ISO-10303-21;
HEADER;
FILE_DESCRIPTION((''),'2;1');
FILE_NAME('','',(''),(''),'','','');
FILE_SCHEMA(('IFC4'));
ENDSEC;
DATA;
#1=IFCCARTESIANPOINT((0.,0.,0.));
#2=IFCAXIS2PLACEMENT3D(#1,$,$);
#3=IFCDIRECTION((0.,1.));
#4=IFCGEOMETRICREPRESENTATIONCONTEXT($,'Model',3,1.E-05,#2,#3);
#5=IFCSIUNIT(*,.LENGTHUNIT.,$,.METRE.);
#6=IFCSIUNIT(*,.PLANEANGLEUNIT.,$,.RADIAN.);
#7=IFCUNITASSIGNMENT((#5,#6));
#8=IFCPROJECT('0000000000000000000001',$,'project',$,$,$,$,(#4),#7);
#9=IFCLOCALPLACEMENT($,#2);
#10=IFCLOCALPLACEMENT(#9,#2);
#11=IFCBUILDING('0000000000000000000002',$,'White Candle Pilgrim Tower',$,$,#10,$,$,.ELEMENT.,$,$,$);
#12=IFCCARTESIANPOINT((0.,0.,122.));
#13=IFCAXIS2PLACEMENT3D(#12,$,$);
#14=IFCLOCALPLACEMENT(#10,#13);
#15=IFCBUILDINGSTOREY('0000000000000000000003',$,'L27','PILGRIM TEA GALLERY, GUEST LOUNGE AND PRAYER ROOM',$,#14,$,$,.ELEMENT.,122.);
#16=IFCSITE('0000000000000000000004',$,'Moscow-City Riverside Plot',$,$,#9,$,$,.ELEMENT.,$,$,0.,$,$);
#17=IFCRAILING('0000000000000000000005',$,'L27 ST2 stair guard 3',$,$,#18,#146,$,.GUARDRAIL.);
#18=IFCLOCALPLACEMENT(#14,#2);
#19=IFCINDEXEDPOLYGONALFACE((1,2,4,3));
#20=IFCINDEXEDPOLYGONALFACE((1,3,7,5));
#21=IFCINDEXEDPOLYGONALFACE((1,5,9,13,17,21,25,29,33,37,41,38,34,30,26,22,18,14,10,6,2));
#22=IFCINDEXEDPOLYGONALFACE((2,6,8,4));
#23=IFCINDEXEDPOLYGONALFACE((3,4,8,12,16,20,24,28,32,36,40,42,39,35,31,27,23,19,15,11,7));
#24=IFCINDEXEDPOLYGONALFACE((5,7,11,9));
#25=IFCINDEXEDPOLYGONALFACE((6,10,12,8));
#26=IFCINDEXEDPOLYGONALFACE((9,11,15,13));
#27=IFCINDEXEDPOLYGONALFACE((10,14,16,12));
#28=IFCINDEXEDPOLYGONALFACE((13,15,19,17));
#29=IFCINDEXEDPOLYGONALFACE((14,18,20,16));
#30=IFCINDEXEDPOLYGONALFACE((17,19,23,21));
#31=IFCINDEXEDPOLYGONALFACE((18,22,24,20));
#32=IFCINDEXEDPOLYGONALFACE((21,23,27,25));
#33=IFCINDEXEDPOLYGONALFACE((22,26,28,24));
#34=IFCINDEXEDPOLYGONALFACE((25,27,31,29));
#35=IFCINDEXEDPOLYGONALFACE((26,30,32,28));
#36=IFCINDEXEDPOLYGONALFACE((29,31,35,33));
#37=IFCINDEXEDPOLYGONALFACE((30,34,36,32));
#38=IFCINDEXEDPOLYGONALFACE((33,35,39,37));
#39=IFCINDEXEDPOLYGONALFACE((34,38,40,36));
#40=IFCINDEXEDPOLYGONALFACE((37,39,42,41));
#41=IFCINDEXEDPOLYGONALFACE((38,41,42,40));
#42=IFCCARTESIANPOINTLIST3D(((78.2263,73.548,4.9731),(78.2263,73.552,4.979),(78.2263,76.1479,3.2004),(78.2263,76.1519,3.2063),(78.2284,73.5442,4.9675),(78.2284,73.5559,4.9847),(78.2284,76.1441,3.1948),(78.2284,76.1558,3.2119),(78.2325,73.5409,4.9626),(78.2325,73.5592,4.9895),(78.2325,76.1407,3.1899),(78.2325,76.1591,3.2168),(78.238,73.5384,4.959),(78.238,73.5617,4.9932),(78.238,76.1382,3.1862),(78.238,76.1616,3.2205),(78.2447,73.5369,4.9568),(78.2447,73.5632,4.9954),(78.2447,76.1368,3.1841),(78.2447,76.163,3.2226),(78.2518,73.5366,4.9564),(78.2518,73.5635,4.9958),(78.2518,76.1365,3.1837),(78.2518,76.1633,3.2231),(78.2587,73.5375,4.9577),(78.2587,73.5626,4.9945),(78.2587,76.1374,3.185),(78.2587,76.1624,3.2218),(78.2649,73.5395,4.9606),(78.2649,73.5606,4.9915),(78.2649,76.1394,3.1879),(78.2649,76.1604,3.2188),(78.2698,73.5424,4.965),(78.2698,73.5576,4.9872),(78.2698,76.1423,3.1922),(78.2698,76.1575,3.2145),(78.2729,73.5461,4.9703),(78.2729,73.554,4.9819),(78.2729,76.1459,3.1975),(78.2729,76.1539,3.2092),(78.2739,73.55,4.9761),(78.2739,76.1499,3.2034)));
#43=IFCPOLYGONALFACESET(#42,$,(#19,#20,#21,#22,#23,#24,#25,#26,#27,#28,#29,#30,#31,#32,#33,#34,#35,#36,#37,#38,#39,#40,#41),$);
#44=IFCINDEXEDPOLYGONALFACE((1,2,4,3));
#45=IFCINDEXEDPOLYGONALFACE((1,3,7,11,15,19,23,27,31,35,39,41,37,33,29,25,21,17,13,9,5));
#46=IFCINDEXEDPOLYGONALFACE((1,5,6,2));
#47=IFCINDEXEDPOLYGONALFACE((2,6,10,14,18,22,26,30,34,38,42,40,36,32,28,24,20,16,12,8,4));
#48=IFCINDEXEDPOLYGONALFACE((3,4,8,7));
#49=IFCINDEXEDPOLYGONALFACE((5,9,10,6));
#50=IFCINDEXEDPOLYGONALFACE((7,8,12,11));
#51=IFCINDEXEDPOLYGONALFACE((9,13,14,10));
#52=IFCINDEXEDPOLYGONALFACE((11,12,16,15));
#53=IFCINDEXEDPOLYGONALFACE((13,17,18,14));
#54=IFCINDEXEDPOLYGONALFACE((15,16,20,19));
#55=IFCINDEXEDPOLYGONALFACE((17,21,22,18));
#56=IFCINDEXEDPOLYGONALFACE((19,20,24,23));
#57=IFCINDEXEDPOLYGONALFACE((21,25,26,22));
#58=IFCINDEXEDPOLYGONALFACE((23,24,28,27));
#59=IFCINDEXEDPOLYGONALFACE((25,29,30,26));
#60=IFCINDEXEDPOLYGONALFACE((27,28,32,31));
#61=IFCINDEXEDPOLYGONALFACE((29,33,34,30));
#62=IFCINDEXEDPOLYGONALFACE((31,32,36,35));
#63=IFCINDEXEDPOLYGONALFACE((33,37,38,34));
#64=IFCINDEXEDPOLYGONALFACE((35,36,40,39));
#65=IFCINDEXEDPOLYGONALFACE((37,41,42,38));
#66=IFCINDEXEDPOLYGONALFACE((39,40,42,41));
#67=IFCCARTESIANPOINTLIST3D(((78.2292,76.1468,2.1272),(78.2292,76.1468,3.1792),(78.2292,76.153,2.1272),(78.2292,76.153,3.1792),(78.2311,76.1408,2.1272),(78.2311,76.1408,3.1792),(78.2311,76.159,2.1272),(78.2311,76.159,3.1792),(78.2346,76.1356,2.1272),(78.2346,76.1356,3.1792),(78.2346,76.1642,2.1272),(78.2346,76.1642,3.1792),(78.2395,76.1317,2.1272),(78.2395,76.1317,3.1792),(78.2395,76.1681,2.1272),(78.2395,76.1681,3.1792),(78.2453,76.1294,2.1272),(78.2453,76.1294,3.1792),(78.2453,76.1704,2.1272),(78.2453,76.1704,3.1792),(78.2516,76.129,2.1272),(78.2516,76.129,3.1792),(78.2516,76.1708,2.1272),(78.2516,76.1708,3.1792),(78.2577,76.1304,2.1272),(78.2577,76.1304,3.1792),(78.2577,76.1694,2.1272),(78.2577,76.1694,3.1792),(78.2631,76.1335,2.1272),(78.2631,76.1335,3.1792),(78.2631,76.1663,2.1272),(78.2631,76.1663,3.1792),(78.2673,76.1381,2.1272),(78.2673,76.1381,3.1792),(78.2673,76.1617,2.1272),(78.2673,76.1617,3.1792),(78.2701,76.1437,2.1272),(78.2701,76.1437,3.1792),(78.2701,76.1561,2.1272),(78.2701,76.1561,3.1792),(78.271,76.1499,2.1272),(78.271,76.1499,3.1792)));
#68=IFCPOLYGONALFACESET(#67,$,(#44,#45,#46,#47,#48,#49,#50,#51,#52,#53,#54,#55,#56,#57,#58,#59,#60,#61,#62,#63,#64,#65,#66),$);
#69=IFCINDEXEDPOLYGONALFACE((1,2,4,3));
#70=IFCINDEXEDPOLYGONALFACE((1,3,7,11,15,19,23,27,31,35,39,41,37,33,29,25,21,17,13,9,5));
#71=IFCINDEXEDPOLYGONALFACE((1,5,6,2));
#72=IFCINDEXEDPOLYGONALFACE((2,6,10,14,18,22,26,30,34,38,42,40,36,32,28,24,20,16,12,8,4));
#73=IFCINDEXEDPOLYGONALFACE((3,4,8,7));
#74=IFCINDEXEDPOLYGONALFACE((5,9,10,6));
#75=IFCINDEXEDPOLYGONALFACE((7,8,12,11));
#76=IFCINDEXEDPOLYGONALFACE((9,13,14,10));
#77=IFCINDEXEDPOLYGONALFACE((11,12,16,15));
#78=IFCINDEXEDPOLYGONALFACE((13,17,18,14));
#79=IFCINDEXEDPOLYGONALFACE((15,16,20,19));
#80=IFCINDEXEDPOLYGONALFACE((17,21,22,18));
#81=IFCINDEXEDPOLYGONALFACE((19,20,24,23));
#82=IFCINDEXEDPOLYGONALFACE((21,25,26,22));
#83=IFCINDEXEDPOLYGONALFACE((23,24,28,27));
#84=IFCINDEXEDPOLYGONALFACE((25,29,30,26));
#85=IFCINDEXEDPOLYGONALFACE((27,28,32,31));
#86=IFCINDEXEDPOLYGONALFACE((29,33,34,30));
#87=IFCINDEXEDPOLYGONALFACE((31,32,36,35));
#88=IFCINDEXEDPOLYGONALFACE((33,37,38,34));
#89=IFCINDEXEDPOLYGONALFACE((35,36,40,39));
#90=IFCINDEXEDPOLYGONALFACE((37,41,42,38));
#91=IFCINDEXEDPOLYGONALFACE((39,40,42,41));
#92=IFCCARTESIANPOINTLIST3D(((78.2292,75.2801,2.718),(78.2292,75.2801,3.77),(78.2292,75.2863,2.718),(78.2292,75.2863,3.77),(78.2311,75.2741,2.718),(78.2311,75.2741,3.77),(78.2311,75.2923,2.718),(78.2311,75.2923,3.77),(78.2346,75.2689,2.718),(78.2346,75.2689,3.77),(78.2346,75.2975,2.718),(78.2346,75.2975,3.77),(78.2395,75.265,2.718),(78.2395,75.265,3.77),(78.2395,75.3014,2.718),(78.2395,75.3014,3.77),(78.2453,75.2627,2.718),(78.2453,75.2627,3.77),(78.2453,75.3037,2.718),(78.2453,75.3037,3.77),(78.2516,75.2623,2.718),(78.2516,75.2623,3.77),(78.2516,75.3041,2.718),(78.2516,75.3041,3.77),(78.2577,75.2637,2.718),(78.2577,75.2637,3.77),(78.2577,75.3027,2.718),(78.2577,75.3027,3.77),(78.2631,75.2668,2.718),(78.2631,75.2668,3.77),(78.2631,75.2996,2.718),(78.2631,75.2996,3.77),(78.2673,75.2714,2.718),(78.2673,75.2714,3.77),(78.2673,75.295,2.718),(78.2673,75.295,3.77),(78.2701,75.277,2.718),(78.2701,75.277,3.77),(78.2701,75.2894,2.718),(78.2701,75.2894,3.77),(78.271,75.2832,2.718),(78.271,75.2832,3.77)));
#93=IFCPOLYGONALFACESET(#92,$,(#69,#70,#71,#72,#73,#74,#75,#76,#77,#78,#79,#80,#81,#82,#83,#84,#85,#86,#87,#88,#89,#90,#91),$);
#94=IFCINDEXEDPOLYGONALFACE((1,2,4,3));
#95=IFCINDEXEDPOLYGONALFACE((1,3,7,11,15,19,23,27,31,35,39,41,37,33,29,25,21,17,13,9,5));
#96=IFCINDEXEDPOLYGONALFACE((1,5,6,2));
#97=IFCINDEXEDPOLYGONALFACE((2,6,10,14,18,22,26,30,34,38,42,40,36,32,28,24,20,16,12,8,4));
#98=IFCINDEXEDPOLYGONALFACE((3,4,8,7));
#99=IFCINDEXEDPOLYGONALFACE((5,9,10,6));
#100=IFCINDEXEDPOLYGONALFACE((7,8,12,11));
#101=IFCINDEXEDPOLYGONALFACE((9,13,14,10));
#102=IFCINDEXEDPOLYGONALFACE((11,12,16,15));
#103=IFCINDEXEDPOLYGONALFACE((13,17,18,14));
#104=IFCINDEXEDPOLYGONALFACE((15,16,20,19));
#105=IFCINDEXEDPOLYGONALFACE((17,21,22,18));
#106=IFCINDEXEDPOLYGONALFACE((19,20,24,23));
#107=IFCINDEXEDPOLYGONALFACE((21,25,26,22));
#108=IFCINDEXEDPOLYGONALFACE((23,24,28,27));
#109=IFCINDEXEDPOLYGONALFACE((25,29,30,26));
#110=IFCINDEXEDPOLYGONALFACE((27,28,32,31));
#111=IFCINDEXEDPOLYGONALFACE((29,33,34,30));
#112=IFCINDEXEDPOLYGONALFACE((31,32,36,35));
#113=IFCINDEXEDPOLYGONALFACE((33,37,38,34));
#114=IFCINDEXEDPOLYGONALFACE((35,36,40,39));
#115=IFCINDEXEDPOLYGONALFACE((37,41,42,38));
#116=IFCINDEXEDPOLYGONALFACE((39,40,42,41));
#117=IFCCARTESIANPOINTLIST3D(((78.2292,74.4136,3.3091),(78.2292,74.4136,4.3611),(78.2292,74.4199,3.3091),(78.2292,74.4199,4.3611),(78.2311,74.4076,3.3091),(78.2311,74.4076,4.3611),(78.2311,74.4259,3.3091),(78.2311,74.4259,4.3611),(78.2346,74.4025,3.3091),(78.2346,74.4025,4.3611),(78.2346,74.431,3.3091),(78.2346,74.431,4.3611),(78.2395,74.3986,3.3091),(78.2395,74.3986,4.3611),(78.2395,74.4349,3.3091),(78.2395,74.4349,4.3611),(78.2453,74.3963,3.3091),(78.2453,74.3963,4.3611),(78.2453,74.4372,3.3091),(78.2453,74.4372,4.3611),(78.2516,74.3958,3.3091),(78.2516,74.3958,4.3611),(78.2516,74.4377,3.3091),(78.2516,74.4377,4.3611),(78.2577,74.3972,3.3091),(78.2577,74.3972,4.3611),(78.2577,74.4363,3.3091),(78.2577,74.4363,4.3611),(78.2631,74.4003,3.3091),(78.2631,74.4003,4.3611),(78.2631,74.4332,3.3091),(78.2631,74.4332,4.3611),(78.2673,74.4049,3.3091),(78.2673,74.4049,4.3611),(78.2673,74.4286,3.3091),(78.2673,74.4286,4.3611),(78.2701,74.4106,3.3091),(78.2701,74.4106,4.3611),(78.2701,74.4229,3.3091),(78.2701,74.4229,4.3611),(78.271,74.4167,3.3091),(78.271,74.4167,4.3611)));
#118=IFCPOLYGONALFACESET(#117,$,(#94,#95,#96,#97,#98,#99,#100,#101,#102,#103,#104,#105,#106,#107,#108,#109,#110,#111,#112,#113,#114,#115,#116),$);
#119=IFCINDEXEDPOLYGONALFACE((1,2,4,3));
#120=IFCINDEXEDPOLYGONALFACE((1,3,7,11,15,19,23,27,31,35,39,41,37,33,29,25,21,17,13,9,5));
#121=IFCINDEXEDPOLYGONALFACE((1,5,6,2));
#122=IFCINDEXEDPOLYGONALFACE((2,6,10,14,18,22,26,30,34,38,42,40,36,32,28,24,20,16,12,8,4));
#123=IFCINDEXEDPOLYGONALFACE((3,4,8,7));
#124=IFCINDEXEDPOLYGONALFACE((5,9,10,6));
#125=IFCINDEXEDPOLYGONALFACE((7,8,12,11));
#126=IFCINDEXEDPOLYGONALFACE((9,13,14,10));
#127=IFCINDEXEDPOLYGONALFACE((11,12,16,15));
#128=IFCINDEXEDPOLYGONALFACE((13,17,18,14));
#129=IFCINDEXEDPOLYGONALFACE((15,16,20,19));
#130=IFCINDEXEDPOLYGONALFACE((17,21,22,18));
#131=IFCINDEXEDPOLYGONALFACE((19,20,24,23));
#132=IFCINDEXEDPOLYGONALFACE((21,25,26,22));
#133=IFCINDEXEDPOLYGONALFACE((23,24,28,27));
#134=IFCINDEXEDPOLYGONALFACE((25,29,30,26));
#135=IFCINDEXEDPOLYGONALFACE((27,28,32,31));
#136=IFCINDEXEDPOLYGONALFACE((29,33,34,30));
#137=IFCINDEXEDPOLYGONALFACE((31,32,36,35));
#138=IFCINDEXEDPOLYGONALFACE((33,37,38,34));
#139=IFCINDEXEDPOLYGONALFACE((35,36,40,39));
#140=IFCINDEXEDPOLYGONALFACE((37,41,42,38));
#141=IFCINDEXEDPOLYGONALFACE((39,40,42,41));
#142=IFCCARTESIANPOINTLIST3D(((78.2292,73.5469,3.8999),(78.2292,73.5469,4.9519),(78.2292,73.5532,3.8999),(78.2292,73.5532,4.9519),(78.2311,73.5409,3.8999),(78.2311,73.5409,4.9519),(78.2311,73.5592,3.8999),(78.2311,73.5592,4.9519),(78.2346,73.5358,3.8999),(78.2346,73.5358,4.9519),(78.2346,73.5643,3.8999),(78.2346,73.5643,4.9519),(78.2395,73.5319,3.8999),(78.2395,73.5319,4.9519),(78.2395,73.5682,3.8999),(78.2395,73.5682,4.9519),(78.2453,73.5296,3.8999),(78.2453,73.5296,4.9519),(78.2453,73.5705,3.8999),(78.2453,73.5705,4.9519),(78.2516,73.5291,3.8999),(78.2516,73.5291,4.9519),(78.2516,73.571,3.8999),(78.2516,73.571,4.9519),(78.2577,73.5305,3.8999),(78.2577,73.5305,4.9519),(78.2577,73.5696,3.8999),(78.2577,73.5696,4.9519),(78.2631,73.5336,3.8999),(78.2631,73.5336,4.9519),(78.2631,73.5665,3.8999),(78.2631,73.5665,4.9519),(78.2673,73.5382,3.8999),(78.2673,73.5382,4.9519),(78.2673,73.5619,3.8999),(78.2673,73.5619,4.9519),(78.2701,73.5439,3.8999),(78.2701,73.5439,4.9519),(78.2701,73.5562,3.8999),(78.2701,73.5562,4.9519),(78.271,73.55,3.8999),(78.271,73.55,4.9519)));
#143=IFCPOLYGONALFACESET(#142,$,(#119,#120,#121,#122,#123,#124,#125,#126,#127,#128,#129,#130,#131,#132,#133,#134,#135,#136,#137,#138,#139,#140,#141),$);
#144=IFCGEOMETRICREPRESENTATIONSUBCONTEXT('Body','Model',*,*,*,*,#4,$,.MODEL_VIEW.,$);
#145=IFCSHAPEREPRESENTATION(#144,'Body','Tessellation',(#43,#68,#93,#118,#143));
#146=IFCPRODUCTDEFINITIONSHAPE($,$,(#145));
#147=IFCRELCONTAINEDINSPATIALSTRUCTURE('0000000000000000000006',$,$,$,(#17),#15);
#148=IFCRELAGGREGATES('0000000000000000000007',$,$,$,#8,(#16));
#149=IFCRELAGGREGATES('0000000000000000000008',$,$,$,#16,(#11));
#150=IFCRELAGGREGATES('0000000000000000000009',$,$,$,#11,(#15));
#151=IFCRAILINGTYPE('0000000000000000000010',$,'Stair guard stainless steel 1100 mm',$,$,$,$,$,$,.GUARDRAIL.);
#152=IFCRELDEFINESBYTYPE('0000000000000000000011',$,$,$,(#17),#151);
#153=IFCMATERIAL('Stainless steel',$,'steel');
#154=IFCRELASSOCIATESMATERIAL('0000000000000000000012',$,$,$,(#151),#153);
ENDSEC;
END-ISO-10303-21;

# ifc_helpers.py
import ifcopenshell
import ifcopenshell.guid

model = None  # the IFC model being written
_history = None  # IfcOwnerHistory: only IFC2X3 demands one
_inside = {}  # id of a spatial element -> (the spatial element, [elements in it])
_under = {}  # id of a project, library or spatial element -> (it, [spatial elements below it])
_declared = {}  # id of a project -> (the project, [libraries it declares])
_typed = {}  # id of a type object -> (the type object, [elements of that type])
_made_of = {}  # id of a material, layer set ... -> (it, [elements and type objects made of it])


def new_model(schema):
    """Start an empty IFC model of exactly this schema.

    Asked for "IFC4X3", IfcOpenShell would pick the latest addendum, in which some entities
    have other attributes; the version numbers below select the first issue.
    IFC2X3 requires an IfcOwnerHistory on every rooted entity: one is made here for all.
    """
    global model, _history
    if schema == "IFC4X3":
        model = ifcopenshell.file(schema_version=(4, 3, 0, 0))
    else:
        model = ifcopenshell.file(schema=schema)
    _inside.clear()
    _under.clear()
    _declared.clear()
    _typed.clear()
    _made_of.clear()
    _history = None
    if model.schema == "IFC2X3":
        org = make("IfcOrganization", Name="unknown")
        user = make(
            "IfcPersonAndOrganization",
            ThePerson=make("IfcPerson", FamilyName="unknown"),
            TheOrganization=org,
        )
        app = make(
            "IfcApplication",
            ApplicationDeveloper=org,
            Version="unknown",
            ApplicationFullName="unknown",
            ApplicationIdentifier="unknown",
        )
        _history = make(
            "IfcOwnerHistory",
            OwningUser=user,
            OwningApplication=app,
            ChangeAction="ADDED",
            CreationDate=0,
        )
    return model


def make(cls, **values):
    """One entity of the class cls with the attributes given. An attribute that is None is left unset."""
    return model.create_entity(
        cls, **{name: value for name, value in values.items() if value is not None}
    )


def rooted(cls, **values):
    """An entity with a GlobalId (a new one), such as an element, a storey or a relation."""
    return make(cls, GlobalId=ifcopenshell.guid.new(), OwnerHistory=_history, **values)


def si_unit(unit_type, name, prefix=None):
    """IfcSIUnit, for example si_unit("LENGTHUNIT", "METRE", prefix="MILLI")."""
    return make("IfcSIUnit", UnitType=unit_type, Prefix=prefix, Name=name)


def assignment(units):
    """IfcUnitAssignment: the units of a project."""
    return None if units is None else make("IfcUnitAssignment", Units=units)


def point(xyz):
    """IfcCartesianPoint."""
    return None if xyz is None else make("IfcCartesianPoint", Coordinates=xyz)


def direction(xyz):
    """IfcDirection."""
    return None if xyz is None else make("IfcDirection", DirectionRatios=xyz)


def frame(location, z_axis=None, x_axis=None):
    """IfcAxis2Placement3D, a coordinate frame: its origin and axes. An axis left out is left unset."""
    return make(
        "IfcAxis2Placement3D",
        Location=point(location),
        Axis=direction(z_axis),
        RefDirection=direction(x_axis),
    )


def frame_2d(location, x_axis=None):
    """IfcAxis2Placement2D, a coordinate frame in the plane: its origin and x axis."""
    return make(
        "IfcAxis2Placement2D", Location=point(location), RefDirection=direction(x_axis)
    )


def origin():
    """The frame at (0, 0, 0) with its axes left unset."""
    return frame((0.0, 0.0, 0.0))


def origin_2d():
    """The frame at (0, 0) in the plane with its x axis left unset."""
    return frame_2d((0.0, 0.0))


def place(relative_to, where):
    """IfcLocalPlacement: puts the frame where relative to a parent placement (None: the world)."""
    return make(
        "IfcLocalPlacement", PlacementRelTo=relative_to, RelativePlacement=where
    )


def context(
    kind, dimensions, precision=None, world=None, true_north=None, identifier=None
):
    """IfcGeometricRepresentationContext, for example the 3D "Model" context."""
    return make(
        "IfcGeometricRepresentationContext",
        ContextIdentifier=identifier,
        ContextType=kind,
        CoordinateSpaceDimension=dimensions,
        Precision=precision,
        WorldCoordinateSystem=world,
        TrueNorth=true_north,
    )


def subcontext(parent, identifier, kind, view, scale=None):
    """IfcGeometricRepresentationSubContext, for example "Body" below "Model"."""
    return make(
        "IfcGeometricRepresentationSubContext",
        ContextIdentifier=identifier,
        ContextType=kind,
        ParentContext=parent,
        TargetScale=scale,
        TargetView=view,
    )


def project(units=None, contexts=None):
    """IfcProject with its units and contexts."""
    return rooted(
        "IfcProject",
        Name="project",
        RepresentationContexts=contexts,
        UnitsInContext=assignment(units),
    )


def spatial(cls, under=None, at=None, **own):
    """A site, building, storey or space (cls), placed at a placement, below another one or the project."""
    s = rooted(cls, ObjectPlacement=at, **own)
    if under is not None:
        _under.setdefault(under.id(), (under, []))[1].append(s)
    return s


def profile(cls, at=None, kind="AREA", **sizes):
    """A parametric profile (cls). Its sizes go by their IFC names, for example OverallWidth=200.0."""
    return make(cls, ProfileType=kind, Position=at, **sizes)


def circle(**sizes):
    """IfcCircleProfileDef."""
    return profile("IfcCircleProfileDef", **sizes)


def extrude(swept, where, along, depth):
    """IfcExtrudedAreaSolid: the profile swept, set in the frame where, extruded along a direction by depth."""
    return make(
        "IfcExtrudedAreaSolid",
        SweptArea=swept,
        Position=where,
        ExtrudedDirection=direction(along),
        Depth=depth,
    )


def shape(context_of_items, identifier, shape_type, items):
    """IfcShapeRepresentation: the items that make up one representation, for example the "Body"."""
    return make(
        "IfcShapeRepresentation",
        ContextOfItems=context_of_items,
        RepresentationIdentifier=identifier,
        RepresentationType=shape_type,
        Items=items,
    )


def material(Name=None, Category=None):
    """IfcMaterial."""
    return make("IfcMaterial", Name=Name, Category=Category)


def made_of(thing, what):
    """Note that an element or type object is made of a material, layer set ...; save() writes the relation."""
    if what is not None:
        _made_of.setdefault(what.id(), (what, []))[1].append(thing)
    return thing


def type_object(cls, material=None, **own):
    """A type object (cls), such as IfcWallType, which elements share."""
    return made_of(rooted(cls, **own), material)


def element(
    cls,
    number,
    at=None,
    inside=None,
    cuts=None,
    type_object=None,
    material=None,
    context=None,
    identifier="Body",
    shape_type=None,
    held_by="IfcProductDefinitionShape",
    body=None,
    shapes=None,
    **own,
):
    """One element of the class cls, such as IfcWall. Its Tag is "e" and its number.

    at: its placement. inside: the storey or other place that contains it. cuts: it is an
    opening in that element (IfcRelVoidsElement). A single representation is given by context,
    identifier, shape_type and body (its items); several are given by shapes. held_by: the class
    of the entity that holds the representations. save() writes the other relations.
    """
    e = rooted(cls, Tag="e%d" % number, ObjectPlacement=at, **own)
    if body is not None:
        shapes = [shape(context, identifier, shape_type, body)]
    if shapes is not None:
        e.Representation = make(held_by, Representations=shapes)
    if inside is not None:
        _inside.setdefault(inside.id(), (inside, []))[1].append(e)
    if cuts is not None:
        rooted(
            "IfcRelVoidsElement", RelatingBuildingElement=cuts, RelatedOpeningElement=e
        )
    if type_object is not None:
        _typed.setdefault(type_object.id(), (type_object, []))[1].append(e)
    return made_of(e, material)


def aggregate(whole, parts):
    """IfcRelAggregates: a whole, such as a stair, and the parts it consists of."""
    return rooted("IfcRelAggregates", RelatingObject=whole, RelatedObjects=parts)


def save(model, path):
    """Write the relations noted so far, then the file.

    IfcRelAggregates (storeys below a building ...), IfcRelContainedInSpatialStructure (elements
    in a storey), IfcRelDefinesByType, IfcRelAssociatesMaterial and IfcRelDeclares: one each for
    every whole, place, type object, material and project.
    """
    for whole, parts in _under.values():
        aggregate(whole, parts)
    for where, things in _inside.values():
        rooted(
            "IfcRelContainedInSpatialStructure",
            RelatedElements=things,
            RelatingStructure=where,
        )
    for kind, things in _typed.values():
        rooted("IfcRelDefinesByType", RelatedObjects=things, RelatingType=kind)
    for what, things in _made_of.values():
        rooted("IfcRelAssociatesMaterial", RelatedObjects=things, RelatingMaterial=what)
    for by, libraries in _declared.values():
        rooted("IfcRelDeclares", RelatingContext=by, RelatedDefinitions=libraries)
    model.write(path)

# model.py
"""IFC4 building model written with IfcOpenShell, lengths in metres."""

from ifc_helpers import new_model, si_unit, direction, frame, origin, origin_2d, place, context, subcontext, project, spatial, circle, extrude, material, type_object, element, save


model = new_model("IFC4")

# Units and contexts
model_context = context("Model", 3, precision=1e-05, world=origin(), true_north=direction((0.0, 1.0)))
body_context = subcontext(model_context, "Body", "Model", "MODEL_VIEW")
ifc_project = project(units=[si_unit("LENGTHUNIT", "METRE"), si_unit("PLANEANGLEUNIT", "RADIAN")], contexts=[model_context])

# Site, building, storey
site_placement = place(None, origin())
site = spatial("IfcSite", under=ifc_project, at=site_placement, Name="Moscow-City Riverside Plot", CompositionType="ELEMENT", RefElevation=0.0)
building_placement = place(site_placement, origin())
building = spatial("IfcBuilding", under=site, at=building_placement, Name="White Candle Pilgrim Tower", CompositionType="ELEMENT")
storey_placement = place(building_placement, frame((0.0, 0.0, 122.0)))
storey = spatial("IfcBuildingStorey", under=building, at=storey_placement, Name="L27", Description="PILGRIM TEA GALLERY, GUEST LOUNGE AND PRAYER ROOM", CompositionType="ELEMENT", Elevation=122.0)

# Railing
ifc_material_1 = material(Name="Stainless steel", Category="steel")
railing_type_1 = type_object("IfcRailingType", Name="Stair guard stainless steel 1100 mm", PredefinedType="GUARDRAIL", material=ifc_material_1)
railing_1_placement = place(storey_placement, frame((78.25, 76.1499, 2.1272)))
element("IfcRailing", 1, at=railing_1_placement, inside=storey, type_object=railing_type_1, Name="L27 ST2 stair guard 3", PredefinedType="GUARDRAIL", context=body_context, shape_type="SweptSolid", body=[
    extrude(circle(Radius=0.0239, at=origin_2d()), frame((0.0, 0.0, 1.0762), z_axis=(0.0, -0.826216, 0.563354), x_axis=(1.0, 0.0, 0.0)), (0.0, 0.0, 1.0), 3.1467),
    extrude(circle(Radius=0.021, at=origin_2d()), origin(), (0.0, 0.0, 1.0), 1.052),
    extrude(circle(Radius=0.021, at=origin_2d()), frame((0.0, -0.8667, 0.5908)), (0.0, 0.0, 1.0), 1.052),
    extrude(circle(Radius=0.021, at=origin_2d()), frame((0.0, -1.7332, 1.1819)), (0.0, 0.0, 1.0), 1.052),
    extrude(circle(Radius=0.021, at=origin_2d()), frame((0.0, -2.5999, 1.7727)), (0.0, 0.0, 1.0), 1.052),
])

save(model, "model.ifc")
